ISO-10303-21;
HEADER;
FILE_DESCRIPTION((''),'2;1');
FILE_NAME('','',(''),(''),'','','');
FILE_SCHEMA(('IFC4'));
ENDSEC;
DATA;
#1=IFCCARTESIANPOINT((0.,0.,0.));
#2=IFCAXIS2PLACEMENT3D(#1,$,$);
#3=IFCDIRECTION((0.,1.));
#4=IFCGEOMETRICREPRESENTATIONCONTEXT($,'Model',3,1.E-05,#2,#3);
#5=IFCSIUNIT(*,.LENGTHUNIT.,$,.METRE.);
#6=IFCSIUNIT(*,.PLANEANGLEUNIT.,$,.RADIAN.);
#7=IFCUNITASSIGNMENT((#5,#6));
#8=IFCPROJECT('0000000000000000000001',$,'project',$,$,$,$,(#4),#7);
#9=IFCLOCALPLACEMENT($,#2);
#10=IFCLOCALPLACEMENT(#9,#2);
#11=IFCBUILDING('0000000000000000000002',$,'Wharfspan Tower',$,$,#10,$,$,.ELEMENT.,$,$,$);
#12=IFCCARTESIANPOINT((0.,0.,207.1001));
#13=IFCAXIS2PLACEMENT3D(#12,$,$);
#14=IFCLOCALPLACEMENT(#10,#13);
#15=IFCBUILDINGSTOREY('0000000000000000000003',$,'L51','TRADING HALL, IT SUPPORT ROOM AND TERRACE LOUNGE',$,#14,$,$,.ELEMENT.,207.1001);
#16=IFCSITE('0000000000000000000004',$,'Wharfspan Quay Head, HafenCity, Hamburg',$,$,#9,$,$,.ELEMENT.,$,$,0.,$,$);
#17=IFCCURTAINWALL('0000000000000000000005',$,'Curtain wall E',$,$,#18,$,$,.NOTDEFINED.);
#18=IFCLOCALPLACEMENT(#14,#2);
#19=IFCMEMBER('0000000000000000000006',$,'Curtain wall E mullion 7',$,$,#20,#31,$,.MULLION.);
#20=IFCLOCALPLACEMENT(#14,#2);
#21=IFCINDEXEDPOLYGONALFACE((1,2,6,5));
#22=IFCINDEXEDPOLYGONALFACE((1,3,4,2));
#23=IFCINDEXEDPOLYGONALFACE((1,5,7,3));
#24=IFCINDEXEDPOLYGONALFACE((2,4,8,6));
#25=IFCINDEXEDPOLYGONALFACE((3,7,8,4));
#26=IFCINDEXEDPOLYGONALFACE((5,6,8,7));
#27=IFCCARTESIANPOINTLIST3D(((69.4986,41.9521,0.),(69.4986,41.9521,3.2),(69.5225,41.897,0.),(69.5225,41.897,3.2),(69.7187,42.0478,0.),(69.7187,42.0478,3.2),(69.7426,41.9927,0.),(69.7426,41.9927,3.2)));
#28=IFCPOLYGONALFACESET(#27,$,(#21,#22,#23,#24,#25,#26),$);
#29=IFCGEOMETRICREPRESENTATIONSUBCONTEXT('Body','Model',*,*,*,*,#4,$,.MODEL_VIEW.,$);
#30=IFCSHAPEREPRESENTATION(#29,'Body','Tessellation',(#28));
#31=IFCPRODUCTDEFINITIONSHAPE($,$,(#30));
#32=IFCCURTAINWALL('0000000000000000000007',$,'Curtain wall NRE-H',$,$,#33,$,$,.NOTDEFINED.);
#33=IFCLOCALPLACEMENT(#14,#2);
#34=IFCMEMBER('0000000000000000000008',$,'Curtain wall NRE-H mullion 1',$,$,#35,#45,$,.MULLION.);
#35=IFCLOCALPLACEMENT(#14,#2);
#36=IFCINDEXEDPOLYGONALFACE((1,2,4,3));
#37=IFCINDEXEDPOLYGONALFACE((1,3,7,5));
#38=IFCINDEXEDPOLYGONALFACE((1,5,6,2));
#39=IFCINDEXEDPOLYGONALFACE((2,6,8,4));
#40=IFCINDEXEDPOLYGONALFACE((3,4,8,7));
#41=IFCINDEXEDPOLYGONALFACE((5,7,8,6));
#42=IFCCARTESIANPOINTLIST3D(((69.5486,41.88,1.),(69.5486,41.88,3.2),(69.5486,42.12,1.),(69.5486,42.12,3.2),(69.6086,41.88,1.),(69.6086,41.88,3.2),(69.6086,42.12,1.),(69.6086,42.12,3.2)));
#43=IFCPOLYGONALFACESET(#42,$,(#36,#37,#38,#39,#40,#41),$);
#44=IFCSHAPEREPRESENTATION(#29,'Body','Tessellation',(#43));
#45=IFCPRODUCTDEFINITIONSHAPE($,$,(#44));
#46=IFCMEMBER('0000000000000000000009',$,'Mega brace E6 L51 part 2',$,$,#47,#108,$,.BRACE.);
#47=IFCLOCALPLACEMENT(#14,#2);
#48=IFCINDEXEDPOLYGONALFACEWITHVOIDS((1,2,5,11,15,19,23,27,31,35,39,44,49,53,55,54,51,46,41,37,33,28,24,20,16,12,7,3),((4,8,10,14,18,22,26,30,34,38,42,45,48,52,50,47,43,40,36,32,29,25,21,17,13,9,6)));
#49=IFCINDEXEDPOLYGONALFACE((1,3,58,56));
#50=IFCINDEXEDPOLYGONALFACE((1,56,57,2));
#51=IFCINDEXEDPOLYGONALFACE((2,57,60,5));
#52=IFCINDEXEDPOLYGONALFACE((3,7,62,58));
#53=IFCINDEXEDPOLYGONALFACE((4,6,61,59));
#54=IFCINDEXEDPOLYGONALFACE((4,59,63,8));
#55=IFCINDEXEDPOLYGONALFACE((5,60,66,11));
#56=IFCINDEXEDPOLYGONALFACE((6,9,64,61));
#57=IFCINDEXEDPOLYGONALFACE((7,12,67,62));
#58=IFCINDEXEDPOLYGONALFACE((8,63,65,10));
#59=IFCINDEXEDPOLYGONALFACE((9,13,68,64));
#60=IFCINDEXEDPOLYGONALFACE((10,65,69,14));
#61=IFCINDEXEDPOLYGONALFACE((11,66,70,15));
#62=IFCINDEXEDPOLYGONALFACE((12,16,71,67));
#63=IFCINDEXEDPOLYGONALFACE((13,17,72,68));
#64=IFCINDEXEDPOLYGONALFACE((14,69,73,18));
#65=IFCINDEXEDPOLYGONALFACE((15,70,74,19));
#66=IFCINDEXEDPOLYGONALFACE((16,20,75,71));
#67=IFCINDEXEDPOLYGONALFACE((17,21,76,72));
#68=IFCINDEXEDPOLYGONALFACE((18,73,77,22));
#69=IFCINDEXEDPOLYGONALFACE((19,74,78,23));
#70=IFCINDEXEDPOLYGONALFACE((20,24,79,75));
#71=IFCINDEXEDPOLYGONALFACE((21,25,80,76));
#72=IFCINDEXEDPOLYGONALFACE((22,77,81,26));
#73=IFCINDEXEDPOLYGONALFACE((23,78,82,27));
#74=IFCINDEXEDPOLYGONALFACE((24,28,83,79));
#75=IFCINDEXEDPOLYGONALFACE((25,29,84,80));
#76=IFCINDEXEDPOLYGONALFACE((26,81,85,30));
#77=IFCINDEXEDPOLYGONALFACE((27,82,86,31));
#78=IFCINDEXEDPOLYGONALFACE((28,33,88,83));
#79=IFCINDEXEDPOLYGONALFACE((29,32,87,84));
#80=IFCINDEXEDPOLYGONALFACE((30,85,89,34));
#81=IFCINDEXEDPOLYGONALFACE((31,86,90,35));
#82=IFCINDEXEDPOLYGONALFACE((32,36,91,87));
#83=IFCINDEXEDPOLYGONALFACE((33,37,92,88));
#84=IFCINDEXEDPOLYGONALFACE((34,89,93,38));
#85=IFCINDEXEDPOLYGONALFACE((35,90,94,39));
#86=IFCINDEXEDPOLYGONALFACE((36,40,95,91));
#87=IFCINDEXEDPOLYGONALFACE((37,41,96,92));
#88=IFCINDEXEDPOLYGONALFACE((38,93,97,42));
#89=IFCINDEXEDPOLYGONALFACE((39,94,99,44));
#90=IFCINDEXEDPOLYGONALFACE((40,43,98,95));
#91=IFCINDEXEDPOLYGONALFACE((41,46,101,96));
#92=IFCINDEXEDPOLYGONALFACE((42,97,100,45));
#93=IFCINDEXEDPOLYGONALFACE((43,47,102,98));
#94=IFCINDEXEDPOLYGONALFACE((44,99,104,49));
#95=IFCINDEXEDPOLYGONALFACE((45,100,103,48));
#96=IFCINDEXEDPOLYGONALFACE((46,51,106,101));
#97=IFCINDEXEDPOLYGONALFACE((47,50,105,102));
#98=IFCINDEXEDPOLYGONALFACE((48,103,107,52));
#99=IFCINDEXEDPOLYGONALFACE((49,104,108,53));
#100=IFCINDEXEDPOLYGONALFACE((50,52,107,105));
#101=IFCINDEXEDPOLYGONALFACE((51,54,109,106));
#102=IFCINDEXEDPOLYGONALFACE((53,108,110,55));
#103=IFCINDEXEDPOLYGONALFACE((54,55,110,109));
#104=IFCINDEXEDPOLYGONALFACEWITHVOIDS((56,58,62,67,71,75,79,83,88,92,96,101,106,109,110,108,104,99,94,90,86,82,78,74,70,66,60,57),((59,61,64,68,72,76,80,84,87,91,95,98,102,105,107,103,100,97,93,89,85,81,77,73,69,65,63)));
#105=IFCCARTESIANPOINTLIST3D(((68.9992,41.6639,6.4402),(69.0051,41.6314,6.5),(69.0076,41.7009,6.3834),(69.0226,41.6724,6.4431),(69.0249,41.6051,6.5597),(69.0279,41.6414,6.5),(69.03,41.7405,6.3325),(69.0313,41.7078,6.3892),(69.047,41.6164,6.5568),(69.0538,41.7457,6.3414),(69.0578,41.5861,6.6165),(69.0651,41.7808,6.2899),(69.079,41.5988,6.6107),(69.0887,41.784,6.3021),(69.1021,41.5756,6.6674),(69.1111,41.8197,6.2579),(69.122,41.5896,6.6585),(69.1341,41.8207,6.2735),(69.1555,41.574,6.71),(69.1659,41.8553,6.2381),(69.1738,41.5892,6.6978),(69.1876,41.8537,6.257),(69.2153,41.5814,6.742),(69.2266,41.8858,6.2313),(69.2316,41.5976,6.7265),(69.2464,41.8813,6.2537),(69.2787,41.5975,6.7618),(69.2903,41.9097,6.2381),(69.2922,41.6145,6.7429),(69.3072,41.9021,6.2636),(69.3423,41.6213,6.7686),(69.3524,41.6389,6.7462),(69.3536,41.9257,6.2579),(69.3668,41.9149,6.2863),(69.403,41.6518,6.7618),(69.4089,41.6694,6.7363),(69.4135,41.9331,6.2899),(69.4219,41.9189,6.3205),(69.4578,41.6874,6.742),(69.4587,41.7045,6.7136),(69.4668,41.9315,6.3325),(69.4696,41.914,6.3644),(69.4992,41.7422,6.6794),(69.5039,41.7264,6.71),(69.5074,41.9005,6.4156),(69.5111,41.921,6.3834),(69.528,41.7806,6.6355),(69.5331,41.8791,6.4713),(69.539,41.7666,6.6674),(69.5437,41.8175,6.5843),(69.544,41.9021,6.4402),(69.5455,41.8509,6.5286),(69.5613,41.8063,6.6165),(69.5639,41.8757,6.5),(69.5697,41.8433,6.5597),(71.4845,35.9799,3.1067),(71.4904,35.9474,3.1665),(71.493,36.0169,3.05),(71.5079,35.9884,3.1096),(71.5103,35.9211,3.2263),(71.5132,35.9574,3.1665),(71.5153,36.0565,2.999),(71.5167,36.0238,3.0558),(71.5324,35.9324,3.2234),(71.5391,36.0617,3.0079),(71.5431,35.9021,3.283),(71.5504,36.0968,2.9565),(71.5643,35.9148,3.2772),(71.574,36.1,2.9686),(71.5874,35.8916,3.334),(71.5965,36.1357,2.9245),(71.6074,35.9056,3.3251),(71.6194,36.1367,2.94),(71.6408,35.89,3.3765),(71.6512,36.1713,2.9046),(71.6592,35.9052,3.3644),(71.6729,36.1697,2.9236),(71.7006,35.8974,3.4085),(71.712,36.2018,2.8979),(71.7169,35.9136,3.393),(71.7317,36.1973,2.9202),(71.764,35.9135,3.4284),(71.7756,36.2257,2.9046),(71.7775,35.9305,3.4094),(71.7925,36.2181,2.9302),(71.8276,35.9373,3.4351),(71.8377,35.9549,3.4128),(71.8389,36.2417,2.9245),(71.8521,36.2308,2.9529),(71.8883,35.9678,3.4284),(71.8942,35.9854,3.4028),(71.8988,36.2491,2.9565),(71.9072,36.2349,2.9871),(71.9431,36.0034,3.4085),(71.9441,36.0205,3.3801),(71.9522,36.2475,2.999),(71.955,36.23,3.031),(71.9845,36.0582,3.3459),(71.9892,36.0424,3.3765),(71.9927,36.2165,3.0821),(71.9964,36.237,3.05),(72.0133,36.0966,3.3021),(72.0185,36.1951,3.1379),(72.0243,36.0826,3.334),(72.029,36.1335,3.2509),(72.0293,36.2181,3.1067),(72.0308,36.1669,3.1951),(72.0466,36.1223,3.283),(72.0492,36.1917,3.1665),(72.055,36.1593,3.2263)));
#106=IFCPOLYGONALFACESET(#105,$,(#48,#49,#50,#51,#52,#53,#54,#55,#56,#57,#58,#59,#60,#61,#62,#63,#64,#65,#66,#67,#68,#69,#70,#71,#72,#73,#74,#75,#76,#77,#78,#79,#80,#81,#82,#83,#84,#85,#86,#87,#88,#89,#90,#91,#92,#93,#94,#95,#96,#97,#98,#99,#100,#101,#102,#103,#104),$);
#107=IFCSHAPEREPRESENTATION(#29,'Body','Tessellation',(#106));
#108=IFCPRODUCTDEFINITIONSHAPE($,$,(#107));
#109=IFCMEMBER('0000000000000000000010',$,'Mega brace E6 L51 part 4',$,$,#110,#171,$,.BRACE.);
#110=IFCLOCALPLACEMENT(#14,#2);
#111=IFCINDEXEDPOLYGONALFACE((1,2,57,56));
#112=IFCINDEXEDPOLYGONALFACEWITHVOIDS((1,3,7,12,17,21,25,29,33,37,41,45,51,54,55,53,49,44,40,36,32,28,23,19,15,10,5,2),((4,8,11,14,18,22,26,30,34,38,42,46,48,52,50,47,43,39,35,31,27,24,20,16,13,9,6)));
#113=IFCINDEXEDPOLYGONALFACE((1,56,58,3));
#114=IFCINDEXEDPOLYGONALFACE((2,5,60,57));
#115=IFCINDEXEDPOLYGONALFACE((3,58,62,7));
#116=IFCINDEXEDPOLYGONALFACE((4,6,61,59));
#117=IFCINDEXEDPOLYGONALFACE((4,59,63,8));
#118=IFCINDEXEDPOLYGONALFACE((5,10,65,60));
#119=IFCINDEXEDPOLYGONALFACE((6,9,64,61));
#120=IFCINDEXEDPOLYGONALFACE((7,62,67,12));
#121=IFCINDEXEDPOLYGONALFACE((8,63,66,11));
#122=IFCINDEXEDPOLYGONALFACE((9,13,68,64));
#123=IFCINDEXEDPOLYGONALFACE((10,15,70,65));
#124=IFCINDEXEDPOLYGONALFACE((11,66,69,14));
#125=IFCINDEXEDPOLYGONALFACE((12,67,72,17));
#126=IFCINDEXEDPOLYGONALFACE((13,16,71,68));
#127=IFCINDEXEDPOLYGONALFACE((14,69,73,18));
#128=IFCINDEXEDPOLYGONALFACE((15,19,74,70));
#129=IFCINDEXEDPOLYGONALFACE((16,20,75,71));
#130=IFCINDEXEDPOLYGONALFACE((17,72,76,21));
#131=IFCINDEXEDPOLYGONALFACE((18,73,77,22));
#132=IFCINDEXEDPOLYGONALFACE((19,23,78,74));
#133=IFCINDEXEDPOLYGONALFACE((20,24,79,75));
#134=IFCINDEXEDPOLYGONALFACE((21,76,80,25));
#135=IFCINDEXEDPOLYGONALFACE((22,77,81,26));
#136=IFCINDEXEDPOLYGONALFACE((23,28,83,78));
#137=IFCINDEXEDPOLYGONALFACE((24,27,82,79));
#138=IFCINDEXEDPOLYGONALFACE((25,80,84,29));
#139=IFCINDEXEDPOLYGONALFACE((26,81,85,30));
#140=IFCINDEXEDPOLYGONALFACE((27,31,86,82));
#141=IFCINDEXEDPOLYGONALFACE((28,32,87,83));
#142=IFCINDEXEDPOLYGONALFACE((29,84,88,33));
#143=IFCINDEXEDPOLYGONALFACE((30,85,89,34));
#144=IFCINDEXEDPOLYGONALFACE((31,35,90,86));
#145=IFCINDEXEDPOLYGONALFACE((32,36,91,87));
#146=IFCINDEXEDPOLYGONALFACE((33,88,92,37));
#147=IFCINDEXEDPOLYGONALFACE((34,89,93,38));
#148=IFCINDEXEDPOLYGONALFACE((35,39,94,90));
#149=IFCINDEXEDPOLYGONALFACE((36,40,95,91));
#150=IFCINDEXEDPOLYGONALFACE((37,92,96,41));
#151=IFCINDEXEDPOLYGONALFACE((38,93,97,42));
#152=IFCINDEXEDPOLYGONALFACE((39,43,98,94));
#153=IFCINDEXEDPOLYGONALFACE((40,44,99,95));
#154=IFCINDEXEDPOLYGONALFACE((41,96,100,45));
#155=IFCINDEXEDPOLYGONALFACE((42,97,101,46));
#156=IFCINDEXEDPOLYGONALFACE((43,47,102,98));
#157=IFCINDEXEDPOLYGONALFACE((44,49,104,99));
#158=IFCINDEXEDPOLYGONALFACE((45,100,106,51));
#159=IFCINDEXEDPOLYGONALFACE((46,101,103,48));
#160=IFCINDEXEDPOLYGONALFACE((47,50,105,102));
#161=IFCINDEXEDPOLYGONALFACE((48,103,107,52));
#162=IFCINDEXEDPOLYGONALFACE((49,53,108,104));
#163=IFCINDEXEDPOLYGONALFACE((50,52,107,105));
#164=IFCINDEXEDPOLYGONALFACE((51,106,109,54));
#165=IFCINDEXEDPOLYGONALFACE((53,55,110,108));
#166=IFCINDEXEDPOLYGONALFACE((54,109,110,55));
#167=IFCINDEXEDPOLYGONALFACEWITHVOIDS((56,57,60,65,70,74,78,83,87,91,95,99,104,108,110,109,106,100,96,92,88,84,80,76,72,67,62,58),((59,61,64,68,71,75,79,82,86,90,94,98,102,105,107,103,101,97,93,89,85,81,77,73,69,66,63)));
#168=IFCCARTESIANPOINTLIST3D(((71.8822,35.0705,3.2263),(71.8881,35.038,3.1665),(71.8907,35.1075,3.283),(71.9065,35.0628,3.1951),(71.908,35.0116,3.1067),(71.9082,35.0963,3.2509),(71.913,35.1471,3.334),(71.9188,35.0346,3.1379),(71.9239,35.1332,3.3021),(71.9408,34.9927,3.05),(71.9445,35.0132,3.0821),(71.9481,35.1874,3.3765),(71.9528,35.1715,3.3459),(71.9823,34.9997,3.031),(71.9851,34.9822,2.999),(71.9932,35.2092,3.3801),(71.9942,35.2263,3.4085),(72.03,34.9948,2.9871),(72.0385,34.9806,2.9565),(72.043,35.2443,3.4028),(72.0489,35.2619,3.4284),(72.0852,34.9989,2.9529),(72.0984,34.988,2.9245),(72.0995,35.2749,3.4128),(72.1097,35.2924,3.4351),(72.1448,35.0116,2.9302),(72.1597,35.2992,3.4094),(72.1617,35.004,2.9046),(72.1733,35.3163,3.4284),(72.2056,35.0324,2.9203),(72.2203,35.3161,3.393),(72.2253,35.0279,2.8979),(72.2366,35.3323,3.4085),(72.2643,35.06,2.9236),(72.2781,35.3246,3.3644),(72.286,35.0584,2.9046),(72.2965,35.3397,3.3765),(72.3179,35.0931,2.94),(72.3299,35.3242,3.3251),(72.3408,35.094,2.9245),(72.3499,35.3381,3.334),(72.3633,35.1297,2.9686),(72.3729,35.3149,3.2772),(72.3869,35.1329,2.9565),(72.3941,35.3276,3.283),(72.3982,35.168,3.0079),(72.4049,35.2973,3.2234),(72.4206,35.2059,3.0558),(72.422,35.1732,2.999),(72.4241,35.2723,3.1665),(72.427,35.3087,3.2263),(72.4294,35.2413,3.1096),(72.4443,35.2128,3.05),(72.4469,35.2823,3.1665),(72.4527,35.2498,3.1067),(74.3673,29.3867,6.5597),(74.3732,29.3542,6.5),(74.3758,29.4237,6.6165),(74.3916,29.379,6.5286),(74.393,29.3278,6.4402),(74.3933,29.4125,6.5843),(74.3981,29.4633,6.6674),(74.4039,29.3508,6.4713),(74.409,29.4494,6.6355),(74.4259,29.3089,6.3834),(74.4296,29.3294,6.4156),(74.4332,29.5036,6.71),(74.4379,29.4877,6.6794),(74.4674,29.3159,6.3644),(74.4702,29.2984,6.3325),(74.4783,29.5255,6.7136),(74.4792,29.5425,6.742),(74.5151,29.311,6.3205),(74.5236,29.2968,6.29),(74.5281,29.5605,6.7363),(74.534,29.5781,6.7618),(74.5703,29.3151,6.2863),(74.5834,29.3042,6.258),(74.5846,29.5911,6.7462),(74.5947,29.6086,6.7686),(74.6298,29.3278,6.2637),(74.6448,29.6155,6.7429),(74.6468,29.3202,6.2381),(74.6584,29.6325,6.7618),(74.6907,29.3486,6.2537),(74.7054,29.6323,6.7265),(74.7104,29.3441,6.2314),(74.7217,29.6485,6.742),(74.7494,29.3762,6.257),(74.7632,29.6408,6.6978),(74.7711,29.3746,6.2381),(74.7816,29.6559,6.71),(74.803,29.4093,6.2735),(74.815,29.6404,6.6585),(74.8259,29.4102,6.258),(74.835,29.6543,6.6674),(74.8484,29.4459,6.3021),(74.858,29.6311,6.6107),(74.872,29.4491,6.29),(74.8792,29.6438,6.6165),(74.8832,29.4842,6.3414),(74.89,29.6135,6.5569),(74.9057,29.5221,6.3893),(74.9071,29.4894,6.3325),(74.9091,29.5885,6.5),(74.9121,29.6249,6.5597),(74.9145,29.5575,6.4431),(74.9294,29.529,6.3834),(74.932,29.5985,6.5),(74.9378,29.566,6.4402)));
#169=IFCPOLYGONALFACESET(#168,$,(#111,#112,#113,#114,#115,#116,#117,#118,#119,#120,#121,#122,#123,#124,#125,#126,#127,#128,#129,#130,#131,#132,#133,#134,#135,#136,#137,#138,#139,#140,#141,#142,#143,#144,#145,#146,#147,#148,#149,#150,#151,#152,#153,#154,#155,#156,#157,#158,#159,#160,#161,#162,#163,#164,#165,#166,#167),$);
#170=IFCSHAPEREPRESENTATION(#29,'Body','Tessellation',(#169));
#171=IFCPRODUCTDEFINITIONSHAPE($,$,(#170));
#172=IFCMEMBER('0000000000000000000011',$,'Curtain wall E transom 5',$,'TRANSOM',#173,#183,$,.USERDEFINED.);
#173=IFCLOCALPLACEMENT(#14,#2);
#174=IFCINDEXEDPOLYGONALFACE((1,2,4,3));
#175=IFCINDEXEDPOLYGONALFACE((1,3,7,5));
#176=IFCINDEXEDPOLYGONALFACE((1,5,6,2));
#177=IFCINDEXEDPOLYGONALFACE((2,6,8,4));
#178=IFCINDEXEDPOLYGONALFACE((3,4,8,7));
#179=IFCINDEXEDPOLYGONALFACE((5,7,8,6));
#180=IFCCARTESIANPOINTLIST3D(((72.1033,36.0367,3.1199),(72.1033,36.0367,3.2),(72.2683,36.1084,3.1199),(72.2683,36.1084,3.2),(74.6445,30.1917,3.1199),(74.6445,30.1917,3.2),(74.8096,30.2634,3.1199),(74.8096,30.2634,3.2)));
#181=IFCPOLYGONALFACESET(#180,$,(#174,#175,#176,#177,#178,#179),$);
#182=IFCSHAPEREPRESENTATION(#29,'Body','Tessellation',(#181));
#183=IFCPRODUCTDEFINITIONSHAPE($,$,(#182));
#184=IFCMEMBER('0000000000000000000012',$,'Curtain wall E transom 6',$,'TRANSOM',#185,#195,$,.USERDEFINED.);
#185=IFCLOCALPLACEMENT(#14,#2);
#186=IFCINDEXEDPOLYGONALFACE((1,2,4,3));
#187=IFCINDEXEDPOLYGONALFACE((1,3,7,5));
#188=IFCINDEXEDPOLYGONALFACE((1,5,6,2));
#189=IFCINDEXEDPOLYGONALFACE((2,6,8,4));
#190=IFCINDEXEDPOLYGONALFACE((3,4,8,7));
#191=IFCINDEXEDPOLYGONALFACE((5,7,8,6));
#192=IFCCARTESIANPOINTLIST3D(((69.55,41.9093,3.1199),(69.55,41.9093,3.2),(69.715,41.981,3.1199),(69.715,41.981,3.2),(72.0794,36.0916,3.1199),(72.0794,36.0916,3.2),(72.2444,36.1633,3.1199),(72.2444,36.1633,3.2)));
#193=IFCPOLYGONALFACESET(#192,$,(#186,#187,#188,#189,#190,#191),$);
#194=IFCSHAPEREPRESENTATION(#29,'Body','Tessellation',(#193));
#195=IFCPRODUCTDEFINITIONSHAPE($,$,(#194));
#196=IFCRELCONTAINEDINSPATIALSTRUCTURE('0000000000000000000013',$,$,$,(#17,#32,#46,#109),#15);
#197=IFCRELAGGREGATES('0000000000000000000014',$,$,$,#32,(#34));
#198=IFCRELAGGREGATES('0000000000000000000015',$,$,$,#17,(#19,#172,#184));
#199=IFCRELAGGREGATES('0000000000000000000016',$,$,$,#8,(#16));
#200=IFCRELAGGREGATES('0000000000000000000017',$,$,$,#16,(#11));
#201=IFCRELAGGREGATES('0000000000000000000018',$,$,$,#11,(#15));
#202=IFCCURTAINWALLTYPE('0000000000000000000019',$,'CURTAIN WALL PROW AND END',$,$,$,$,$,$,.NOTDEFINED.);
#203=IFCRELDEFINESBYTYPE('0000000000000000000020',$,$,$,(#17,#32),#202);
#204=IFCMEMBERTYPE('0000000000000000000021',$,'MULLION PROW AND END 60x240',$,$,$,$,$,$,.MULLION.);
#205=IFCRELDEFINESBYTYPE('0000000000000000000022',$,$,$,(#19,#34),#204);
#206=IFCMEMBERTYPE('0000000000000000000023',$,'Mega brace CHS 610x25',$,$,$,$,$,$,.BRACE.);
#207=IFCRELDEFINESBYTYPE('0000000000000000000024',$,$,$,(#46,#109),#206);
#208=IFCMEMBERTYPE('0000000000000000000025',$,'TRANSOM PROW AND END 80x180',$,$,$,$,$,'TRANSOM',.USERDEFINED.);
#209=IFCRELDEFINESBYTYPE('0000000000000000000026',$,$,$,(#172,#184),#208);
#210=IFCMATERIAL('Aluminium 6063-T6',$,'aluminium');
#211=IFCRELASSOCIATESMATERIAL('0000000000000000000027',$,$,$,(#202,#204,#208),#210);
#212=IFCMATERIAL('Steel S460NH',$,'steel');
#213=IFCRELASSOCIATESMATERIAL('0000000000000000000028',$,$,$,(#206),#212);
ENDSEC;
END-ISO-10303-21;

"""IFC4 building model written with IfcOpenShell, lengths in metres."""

from ifc_helpers import new_model, si_unit, direction, frame, origin, origin_2d, place, context, subcontext, project, spatial, rectangle, hollow_circle, extrude, material, material_profile, profile_set, type_object, element, aggregate, save


model = new_model("IFC4")

# Units and contexts
model_context = context("Model", 3, precision=1e-05, world=origin(), true_north=direction((0.0, 1.0)))
body_context = subcontext(model_context, "Body", "Model", "MODEL_VIEW")
ifc_project = project(units=[si_unit("LENGTHUNIT", "METRE"), si_unit("PLANEANGLEUNIT", "RADIAN")], contexts=[model_context])

# Site, building, storey
site_placement = place(None, origin())
site = spatial("IfcSite", under=ifc_project, at=site_placement, Name="Wharfspan Quay Head, HafenCity, Hamburg", CompositionType="ELEMENT", RefElevation=0.0)
building_placement = place(site_placement, origin())
building = spatial("IfcBuilding", under=site, at=building_placement, Name="Wharfspan Tower", CompositionType="ELEMENT")
storey_placement = place(building_placement, frame((0.0, 0.0, 207.1001)))
storey = spatial("IfcBuildingStorey", under=building, at=storey_placement, Name="L51", Description="TRADING HALL, IT SUPPORT ROOM AND TERRACE LOUNGE", CompositionType="ELEMENT", Elevation=207.1001)

# Shared definitions
ifc_material_1 = material(Name="Steel S460NH", Category="steel")

# Curtain wall, member
ifc_material_2 = material(Name="Aluminium 6063-T6", Category="aluminium")
curtain_wall_type = type_object("IfcCurtainWallType", Name="CURTAIN WALL PROW AND END", PredefinedType="NOTDEFINED", material=ifc_material_2)
curtain_wall_1_placement = place(storey_placement, origin())
curtain_wall_1 = element("IfcCurtainWall", 1, at=curtain_wall_1_placement, inside=storey, type_object=curtain_wall_type, Name="Curtain wall E", PredefinedType="NOTDEFINED")
ifc_material_profile_1 = material_profile(ifc_material_2, rectangle(XDim=0.24, YDim=0.0601, at=origin_2d()))
ifc_profile_set_1 = profile_set([ifc_material_profile_1], Name="Aluminium 6063-T6")
member_type_1 = type_object("IfcMemberType", Name="MULLION PROW AND END 60x240", PredefinedType="MULLION", material=ifc_profile_set_1)
member_1_placement = place(storey_placement, frame((69.6206, 41.9724, 0.0), z_axis=(0.0, 0.0, 1.0), x_axis=(-0.917072, -0.398727, 0.0)))
member_1 = element("IfcMember", 2, at=member_1_placement, type_object=member_type_1, Name="Curtain wall E mullion 7", PredefinedType="MULLION", context=body_context, shape_type="SweptSolid", body=[
    extrude(rectangle(XDim=0.24, YDim=0.0601, at=origin_2d()), origin(), (0.0, 0.0, 1.0), 3.2),
])

# Curtain wall, member
curtain_wall_2_placement = place(storey_placement, origin())
curtain_wall_2 = element("IfcCurtainWall", 3, at=curtain_wall_2_placement, inside=storey, type_object=curtain_wall_type, Name="Curtain wall NRE-H", PredefinedType="NOTDEFINED")
member_2_placement = place(storey_placement, frame((69.5786, 42.0, 1.0), z_axis=(0.0, 0.0, 1.0), x_axis=(0.0, -1.0, 0.0)))
member_2 = element("IfcMember", 4, at=member_2_placement, type_object=member_type_1, Name="Curtain wall NRE-H mullion 1", PredefinedType="MULLION", context=body_context, shape_type="SweptSolid", body=[
    extrude(rectangle(XDim=0.24, YDim=0.0601, at=origin_2d()), origin(), (0.0, 0.0, 1.0), 2.2),
])

# Members
ifc_material_profile_2 = material_profile(ifc_material_1, hollow_circle(Radius=0.3049, WallThickness=0.0249, at=origin_2d()))
ifc_profile_set_2 = profile_set([ifc_material_profile_2], Name="Steel S460NH")
member_type_2 = type_object("IfcMemberType", Name="Mega brace CHS 610x25", PredefinedType="BRACE", material=ifc_profile_set_2)
member_3_placement = place(storey_placement, frame((71.7698, 36.0696, 3.1665), z_axis=(-0.352903, 0.807102, 0.473334), x_axis=(-0.916243, -0.400624, -0.000001)))
element("IfcMember", 5, at=member_3_placement, inside=storey, type_object=member_type_2, Name="Mega brace E6 L51 part 2", PredefinedType="BRACE", context=body_context, shape_type="SweptSolid", body=[
    extrude(hollow_circle(Radius=0.3049, WallThickness=0.0249, at=origin_2d()), origin(), (0.0, 0.0, 1.0), 7.0425),
])
member_4_placement = place(storey_placement, frame((72.1675, 35.1602, 3.1665), z_axis=(0.352883, -0.8071, 0.473353), x_axis=(0.916253, 0.400609, 0.000003)))
element("IfcMember", 6, at=member_4_placement, inside=storey, type_object=member_type_2, Name="Mega brace E6 L51 part 4", PredefinedType="BRACE", context=body_context, shape_type="SweptSolid", body=[
    extrude(hollow_circle(Radius=0.3049, WallThickness=0.0249, at=origin_2d()), origin(), (0.0, 0.0, 1.0), 7.0422),
])

# Members
ifc_material_profile_3 = material_profile(ifc_material_2, rectangle(XDim=0.1799, YDim=0.0801, at=origin_2d()))
ifc_profile_set_3 = profile_set([ifc_material_profile_3], Name="Aluminium 6063-T6")
member_type_3 = type_object("IfcMemberType", Name="TRANSOM PROW AND END 80x180", ElementType="TRANSOM", PredefinedType="USERDEFINED", material=ifc_profile_set_3)
member_5_placement = place(storey_placement, frame((74.7271, 30.2275, 3.1599), z_axis=(-0.398722, 0.917072, 0.0), x_axis=(-0.917072, -0.398722, 0.0)))
member_5 = element("IfcMember", 7, at=member_5_placement, type_object=member_type_3, Name="Curtain wall E transom 5", ObjectType="TRANSOM", PredefinedType="USERDEFINED", context=body_context, shape_type="SweptSolid", body=[
    extrude(rectangle(XDim=0.1799, YDim=0.0801, at=origin_2d()), origin(), (0.0, 0.0, 1.0), 6.3735),
])
member_6_placement = place(storey_placement, frame((72.1619, 36.1274, 3.1599), z_axis=(-0.398712, 0.917076, 0.0), x_axis=(-0.917076, -0.398712, 0.0)))
member_6 = element("IfcMember", 8, at=member_6_placement, type_object=member_type_3, Name="Curtain wall E transom 6", ObjectType="TRANSOM", PredefinedType="USERDEFINED", context=body_context, shape_type="SweptSolid", body=[
    extrude(rectangle(XDim=0.1799, YDim=0.0801, at=origin_2d()), origin(), (0.0, 0.0, 1.0), 6.3438),
])
aggregate(curtain_wall_2, [member_2])

aggregate(curtain_wall_1, [member_1, member_5, member_6])

save(model, "model.ifc")
